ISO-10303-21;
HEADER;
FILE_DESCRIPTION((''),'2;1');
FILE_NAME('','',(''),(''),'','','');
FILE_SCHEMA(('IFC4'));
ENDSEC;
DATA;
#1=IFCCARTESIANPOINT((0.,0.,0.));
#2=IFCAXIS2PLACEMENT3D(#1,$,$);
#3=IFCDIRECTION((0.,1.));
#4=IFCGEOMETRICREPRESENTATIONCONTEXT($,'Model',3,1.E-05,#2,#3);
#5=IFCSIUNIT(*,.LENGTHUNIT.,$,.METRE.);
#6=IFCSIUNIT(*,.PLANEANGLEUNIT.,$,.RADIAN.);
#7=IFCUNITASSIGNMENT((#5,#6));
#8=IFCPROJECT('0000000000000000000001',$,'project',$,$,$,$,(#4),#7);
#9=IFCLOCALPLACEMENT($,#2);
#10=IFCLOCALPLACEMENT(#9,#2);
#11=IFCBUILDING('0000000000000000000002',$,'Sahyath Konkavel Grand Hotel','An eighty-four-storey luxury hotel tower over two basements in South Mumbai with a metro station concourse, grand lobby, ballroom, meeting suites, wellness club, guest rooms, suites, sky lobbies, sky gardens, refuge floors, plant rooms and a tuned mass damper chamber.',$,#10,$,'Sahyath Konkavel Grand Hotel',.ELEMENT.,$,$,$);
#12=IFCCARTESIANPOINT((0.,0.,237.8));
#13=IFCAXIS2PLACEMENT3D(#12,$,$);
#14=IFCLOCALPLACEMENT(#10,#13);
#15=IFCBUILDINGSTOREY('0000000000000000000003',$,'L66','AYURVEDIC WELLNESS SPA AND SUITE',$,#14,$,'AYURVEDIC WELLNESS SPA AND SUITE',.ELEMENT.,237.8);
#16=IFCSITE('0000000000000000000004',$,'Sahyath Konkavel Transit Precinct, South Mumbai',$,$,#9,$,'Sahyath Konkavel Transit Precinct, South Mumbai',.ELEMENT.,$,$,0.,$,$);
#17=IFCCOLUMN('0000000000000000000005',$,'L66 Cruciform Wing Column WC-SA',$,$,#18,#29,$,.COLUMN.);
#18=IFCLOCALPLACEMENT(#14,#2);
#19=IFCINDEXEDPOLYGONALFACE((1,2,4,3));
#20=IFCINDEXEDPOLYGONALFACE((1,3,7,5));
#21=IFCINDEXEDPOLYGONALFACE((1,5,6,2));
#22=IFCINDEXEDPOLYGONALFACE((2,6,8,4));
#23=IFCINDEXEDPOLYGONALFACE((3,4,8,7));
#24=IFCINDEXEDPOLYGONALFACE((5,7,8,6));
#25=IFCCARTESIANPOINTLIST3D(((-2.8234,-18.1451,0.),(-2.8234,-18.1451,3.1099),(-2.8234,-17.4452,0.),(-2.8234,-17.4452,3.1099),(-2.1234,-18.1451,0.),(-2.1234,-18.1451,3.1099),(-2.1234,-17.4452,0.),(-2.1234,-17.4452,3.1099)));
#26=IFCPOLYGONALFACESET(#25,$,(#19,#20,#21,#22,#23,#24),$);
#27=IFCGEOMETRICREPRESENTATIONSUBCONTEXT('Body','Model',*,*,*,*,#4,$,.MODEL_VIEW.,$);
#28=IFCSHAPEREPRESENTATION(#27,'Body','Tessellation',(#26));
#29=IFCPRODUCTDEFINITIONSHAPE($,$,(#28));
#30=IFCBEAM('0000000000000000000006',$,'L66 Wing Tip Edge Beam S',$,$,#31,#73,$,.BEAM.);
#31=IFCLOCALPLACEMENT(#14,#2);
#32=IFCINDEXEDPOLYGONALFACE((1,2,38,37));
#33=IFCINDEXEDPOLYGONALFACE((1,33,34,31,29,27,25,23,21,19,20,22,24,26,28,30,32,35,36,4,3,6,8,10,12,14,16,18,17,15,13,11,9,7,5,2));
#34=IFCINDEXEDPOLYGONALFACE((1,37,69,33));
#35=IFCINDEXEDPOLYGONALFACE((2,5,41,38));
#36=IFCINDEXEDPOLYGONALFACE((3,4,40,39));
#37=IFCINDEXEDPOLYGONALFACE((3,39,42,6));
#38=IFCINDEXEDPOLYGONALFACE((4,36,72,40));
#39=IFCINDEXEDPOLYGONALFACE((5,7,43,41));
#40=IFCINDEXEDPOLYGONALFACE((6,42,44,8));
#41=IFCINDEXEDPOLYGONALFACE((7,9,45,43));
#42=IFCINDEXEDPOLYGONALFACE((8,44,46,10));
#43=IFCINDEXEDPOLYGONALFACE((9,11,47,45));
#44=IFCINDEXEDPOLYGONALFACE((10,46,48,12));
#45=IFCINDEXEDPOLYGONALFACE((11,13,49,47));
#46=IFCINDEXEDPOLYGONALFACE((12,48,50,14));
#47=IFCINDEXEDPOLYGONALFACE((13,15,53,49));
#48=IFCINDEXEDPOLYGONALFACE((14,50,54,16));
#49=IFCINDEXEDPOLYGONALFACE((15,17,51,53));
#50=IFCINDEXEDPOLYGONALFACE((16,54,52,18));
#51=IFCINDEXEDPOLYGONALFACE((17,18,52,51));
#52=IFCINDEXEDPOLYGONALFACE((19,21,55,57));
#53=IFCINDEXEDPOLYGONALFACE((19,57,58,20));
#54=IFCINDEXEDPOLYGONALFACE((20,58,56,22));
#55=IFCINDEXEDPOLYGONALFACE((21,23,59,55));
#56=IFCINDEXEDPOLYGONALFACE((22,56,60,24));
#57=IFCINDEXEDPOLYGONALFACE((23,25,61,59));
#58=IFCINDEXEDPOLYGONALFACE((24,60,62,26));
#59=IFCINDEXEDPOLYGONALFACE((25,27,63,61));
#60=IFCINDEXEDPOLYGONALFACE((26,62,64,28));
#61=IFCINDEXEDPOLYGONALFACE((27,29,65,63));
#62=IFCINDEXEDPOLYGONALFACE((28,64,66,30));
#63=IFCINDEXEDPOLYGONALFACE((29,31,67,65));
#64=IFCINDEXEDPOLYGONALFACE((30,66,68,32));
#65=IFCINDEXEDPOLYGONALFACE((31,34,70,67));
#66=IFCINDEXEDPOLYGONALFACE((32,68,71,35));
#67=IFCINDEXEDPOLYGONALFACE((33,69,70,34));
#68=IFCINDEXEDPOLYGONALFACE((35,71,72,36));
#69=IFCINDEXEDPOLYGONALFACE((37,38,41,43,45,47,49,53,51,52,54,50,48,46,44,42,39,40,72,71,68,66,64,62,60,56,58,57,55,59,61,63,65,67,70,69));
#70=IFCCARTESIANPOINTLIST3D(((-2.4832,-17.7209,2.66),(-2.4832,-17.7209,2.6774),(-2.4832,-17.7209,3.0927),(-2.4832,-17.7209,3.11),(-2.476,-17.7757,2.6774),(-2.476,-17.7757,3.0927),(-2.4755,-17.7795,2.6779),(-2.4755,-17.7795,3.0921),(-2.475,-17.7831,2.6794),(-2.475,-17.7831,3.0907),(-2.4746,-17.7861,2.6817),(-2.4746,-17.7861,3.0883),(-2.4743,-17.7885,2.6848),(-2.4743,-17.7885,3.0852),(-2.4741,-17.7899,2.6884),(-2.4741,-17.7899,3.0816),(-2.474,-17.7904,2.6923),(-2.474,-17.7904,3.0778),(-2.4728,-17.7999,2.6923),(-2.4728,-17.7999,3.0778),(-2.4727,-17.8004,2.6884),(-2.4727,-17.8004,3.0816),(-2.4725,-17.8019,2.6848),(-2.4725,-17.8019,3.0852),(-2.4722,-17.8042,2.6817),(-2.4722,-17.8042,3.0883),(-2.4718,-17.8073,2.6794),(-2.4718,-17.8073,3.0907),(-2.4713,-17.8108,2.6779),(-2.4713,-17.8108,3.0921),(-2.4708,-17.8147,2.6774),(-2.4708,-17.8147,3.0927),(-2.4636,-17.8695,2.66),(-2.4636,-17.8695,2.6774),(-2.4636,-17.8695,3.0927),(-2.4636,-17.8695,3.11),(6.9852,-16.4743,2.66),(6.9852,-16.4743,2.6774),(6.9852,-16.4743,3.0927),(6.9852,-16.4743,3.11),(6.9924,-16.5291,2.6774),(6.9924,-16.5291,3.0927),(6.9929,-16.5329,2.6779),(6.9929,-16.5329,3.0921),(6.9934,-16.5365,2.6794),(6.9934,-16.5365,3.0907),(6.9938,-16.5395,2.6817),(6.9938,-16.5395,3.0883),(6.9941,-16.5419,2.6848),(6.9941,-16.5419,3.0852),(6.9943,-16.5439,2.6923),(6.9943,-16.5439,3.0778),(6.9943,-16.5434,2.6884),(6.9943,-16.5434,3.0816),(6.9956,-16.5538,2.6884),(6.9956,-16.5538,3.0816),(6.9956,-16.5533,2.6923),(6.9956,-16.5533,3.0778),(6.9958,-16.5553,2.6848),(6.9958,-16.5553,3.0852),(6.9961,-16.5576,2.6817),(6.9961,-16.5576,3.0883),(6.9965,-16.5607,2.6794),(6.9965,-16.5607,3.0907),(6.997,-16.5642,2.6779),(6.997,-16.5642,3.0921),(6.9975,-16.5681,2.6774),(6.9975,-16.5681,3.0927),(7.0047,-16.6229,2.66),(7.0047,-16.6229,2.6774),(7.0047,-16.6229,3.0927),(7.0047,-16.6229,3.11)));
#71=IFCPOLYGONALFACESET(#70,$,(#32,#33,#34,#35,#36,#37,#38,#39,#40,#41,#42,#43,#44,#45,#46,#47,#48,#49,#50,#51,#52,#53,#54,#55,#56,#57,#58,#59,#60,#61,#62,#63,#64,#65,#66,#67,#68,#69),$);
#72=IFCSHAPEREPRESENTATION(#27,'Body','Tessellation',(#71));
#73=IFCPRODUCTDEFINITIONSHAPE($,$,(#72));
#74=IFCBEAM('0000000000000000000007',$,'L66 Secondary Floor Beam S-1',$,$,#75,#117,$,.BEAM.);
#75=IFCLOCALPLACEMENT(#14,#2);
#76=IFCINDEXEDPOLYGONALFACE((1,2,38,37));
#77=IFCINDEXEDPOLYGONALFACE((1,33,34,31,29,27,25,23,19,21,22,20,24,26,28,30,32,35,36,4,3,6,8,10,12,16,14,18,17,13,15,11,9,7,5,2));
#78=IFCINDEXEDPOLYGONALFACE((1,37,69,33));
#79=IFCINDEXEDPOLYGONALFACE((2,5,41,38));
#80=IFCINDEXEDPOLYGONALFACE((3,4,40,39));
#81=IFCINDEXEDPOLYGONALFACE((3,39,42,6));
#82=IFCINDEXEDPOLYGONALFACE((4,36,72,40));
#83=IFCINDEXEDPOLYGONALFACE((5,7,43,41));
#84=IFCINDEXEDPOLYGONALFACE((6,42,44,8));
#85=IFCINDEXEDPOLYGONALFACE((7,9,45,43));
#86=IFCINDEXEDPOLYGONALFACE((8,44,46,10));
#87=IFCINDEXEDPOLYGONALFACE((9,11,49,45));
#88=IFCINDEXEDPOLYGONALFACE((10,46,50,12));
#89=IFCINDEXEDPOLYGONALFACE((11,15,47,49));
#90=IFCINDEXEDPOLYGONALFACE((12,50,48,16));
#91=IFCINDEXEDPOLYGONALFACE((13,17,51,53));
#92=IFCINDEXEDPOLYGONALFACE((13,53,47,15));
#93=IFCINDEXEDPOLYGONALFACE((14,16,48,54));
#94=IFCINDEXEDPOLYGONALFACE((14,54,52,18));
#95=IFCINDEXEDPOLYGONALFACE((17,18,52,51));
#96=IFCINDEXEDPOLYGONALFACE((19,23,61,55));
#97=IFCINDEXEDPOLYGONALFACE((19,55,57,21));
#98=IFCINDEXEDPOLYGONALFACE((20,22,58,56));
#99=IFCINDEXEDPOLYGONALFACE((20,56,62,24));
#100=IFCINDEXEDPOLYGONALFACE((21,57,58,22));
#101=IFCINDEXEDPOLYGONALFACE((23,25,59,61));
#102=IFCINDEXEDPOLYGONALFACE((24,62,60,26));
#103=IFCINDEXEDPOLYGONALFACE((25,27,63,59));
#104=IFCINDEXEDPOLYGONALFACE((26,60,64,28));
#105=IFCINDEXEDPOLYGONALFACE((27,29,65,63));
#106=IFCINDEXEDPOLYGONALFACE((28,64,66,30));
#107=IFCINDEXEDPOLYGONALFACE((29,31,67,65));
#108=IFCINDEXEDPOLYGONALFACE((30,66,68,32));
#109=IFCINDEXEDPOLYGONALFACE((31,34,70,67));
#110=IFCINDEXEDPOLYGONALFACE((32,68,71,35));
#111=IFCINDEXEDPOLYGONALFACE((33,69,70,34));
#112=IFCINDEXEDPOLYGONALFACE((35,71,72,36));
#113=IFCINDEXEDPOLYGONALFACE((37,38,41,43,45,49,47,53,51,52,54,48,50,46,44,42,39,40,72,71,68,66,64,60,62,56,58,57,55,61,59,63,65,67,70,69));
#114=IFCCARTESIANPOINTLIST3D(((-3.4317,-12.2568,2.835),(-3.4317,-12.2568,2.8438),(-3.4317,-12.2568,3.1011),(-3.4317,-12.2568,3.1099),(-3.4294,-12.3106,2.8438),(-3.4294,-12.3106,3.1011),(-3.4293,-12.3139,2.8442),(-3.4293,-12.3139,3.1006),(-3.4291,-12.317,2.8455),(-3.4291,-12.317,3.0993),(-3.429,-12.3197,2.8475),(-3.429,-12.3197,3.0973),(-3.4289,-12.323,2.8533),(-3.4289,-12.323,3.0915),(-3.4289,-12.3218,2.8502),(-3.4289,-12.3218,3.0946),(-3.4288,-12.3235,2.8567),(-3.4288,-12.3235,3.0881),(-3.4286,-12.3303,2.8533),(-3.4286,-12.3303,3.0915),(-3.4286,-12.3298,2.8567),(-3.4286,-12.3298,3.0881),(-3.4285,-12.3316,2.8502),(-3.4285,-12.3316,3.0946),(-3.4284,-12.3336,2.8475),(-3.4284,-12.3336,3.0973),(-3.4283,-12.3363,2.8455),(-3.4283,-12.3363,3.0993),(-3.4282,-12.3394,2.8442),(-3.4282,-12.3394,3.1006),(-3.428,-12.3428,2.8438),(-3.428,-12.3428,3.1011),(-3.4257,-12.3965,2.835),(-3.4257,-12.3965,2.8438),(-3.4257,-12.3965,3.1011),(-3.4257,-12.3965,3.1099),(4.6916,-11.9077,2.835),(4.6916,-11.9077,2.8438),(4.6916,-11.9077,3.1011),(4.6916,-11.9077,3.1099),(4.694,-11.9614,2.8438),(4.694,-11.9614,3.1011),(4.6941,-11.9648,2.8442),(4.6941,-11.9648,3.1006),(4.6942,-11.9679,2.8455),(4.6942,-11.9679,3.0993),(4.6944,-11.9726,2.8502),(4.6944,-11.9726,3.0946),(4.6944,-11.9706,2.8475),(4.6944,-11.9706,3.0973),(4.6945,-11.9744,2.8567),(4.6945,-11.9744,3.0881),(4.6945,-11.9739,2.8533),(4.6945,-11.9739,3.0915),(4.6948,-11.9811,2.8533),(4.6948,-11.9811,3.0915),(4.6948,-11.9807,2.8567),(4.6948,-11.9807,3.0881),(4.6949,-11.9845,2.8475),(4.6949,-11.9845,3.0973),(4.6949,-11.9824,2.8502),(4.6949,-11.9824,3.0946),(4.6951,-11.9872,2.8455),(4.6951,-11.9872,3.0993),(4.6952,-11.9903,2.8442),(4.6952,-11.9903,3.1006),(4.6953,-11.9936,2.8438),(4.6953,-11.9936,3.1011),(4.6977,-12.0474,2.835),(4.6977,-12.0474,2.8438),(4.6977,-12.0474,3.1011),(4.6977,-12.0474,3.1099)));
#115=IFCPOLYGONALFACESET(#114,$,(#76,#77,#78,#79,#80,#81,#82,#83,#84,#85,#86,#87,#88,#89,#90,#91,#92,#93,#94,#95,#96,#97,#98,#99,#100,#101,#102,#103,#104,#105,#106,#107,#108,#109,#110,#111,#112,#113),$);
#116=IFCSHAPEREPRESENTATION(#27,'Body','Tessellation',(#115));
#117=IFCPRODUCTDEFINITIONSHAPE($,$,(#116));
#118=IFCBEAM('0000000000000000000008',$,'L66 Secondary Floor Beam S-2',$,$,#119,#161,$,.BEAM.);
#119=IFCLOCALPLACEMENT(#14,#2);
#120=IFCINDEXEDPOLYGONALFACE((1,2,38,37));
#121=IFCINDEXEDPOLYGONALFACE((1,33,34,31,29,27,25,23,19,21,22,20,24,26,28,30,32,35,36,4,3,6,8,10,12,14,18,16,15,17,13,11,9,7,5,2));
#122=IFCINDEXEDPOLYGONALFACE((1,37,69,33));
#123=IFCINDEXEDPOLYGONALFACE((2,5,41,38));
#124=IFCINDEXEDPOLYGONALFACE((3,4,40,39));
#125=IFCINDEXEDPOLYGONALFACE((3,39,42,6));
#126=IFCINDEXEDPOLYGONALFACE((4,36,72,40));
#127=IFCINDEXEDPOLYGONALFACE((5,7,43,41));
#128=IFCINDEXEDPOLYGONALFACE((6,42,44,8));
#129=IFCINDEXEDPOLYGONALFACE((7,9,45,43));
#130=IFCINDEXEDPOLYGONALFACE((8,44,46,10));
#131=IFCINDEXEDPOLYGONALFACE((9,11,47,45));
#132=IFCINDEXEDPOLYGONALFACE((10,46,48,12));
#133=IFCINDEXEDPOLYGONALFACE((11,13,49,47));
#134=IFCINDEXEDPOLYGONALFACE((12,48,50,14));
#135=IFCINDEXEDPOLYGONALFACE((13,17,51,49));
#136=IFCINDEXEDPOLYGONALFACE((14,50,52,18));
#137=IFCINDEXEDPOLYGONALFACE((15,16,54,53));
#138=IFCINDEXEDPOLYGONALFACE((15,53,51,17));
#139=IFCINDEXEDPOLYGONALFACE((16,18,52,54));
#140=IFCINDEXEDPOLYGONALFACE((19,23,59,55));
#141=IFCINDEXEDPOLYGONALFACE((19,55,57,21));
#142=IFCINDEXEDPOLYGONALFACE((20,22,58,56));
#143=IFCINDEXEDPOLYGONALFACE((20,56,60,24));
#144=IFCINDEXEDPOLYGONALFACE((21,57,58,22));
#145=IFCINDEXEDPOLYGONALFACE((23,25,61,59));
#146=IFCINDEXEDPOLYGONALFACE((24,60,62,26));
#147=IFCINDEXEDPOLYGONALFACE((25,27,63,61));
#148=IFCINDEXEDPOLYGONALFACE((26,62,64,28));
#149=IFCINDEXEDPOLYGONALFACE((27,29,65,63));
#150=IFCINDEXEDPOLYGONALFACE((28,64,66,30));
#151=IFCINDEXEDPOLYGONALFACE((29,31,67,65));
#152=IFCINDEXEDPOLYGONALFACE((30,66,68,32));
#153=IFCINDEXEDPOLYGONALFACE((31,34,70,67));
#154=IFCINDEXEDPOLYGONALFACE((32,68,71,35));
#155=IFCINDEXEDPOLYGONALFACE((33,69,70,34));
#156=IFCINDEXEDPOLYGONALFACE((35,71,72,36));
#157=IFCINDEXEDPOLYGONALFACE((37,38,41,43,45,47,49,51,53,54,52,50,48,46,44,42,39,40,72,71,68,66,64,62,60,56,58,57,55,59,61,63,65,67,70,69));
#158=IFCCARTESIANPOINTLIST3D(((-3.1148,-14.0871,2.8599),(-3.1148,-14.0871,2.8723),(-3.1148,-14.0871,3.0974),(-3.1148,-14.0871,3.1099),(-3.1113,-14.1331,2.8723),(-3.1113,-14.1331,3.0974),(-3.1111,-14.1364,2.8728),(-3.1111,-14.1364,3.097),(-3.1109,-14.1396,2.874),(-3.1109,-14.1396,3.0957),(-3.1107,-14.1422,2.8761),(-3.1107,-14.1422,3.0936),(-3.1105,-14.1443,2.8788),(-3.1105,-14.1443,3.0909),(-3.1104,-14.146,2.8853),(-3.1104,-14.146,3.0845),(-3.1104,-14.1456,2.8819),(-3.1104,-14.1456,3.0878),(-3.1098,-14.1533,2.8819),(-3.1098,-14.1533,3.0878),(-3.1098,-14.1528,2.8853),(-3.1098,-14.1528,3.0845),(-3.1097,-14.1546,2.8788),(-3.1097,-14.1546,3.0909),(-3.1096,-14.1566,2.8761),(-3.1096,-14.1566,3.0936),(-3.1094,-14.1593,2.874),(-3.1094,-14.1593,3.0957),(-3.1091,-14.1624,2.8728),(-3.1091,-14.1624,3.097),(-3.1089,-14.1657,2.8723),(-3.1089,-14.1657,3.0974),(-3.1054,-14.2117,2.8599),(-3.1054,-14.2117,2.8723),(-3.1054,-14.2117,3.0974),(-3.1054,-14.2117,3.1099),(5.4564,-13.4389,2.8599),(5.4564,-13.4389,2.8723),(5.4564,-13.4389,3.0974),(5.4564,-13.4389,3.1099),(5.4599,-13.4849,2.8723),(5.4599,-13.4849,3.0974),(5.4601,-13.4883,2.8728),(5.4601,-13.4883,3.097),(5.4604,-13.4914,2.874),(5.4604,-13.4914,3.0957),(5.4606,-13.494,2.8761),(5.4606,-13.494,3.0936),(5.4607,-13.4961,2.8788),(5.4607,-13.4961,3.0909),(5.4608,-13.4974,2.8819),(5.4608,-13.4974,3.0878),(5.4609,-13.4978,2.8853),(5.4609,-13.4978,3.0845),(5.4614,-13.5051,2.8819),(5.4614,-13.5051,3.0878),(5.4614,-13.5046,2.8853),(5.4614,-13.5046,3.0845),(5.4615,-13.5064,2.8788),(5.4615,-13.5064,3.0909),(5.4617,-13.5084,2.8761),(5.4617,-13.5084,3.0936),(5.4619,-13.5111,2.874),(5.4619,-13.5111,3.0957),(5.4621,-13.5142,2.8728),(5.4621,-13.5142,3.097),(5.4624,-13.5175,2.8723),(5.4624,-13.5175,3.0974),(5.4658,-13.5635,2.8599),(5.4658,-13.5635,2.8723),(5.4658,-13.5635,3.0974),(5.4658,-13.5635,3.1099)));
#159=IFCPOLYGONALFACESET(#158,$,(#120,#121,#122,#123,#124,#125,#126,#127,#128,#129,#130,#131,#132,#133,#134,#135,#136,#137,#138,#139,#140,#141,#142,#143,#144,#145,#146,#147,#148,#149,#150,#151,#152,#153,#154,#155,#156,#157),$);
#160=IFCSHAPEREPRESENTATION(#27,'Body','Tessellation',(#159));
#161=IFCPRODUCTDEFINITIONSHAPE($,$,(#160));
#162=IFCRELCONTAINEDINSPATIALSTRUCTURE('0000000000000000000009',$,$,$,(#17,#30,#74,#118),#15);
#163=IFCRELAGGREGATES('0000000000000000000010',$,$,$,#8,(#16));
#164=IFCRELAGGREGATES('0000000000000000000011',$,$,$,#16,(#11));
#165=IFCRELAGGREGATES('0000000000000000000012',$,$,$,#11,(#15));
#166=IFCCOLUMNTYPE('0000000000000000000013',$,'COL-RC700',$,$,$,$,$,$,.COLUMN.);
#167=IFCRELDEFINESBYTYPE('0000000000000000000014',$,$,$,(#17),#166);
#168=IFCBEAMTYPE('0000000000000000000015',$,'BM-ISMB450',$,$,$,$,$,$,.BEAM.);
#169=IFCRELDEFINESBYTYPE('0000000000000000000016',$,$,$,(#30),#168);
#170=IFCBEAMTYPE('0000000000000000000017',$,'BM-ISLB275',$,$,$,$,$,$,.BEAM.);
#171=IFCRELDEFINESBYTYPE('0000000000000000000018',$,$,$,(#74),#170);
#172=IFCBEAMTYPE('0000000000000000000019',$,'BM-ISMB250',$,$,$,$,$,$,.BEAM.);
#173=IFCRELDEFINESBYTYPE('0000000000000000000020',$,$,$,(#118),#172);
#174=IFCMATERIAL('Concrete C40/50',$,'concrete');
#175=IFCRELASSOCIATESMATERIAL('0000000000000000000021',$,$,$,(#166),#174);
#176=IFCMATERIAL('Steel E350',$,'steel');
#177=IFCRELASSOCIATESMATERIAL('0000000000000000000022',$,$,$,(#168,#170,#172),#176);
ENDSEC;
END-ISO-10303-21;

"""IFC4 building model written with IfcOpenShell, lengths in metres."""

from ifc_helpers import new_model, si_unit, direction, frame, origin, origin_2d, place, context, subcontext, project, spatial, rectangle, i_section, extrude, source, transform, mapped, material, material_profile, profile_set, type_object, element, save


model = new_model("IFC4")

# Units and contexts
model_context = context("Model", 3, precision=1e-05, world=origin(), true_north=direction((0.0, 1.0)))
body_context = subcontext(model_context, "Body", "Model", "MODEL_VIEW")
ifc_project = project(units=[si_unit("LENGTHUNIT", "METRE"), si_unit("PLANEANGLEUNIT", "RADIAN")], contexts=[model_context])

# Site, building, storey
site_placement = place(None, origin())
site = spatial("IfcSite", under=ifc_project, at=site_placement, Name="Sahyath Konkavel Transit Precinct, South Mumbai", LongName="Sahyath Konkavel Transit Precinct, South Mumbai", CompositionType="ELEMENT", RefElevation=0.0)
building_placement = place(site_placement, origin())
building = spatial("IfcBuilding", under=site, at=building_placement, Name="Sahyath Konkavel Grand Hotel", Description="An eighty-four-storey luxury hotel tower over two basements in South Mumbai with a metro station concourse, grand lobby, ballroom, meeting suites, wellness club, guest rooms, suites, sky lobbies, sky gardens, refuge floors, plant rooms and a tuned mass damper chamber.", LongName="Sahyath Konkavel Grand Hotel", CompositionType="ELEMENT")
storey_placement = place(building_placement, frame((0.0, 0.0, 237.8)))
storey = spatial("IfcBuildingStorey", under=building, at=storey_placement, Name="L66", Description="AYURVEDIC WELLNESS SPA AND SUITE", LongName="AYURVEDIC WELLNESS SPA AND SUITE", CompositionType="ELEMENT", Elevation=237.8)

# Column
ifc_material_1 = material(Name="Concrete C40/50", Category="concrete")
ifc_material_profile_1 = material_profile(ifc_material_1, rectangle(XDim=0.7, YDim=0.7, at=origin_2d()), Name="RC 700x700")
ifc_profile_set_1 = profile_set([ifc_material_profile_1], Name="Concrete C40/50")
column_type = type_object("IfcColumnType", Name="COL-RC700", PredefinedType="COLUMN", material=ifc_profile_set_1)
shared_shape_1 = source(origin(), body_context, "Body", "SweptSolid", [
    extrude(rectangle(XDim=0.7, YDim=0.7, at=origin_2d()), origin(), (0.0, 0.0, 1.0), 3.1099),
])
column_placement = place(storey_placement, frame((-2.4734, -17.7952, 0.0), z_axis=(0.0, 0.0, 1.0), x_axis=(1.0, 0.0, 0.0)))
element("IfcColumn", 1, at=column_placement, inside=storey, type_object=column_type, Name="L66 Cruciform Wing Column WC-SA", PredefinedType="COLUMN", context=body_context, shape_type="MappedRepresentation", body=[
    mapped(shared_shape_1, transform((0.0, 0.0, 0.0), scale=1.0)),
])

# Beams
ifc_material_2 = material(Name="Steel E350", Category="steel")
ifc_material_profile_2 = material_profile(ifc_material_2, i_section(OverallWidth=0.1499, OverallDepth=0.45, WebThickness=0.0095, FlangeThickness=0.0173, FilletRadius=0.0149, at=origin_2d()), Name="ISMB 450")
ifc_profile_set_2 = profile_set([ifc_material_profile_2], Name="Steel E350")
beam_type_1 = type_object("IfcBeamType", Name="BM-ISMB450", PredefinedType="BEAM", material=ifc_profile_set_2)
shared_shape_2 = source(origin(), body_context, "Body", "SweptSolid", [
    extrude(i_section(OverallWidth=0.1499, OverallDepth=0.45, WebThickness=0.0095, FlangeThickness=0.0173, FilletRadius=0.0149, at=origin_2d()), origin(), (0.0, 0.0, 1.0), 9.55),
])
beam_1_placement = place(storey_placement, frame((-2.4734, -17.7952, 2.885), z_axis=(0.991444, 0.130533, 0.0), x_axis=(-0.130533, 0.991444, 0.0)))
element("IfcBeam", 2, at=beam_1_placement, inside=storey, type_object=beam_type_1, Name="L66 Wing Tip Edge Beam S", PredefinedType="BEAM", context=body_context, shape_type="MappedRepresentation", body=[
    mapped(shared_shape_2, transform((0.0, 0.0, 0.0), scale=1.0)),
])
ifc_material_profile_3 = material_profile(ifc_material_2, i_section(OverallWidth=0.1399, OverallDepth=0.2749, WebThickness=0.0063, FlangeThickness=0.0088, FilletRadius=0.0129, at=origin_2d()), Name="ISLB 275")
ifc_profile_set_3 = profile_set([ifc_material_profile_3], Name="Steel E350")
beam_type_2 = type_object("IfcBeamType", Name="BM-ISLB275", PredefinedType="BEAM", material=ifc_profile_set_3)
shared_shape_3 = source(origin(), body_context, "Body", "SweptSolid", [
    extrude(i_section(OverallWidth=0.1399, OverallDepth=0.2749, WebThickness=0.0063, FlangeThickness=0.0088, FilletRadius=0.0129, at=origin_2d()), origin(), (0.0, 0.0, 1.0), 8.1309),
])
beam_2_placement = place(storey_placement, frame((-3.4287, -12.3267, 2.9724), z_axis=(0.999078, 0.042938, 0.0), x_axis=(-0.042938, 0.999078, 0.0)))
element("IfcBeam", 3, at=beam_2_placement, inside=storey, type_object=beam_type_2, Name="L66 Secondary Floor Beam S-1", PredefinedType="BEAM", context=body_context, shape_type="MappedRepresentation", body=[
    mapped(shared_shape_3, transform((0.0, 0.0, 0.0), scale=1.0)),
])
ifc_material_profile_4 = material_profile(ifc_material_2, i_section(OverallWidth=0.125, OverallDepth=0.25, WebThickness=0.0068, FlangeThickness=0.0125, FilletRadius=0.0129, at=origin_2d()), Name="ISMB 250")
ifc_profile_set_4 = profile_set([ifc_material_profile_4], Name="Steel E350")
beam_type_3 = type_object("IfcBeamType", Name="BM-ISMB250", PredefinedType="BEAM", material=ifc_profile_set_4)
shared_shape_4 = source(origin(), body_context, "Body", "SweptSolid", [
    extrude(i_section(OverallWidth=0.125, OverallDepth=0.25, WebThickness=0.0068, FlangeThickness=0.0125, FilletRadius=0.0129, at=origin_2d()), origin(), (0.0, 0.0, 1.0), 8.5957),
])
beam_3_placement = place(storey_placement, frame((-3.1101, -14.1494, 2.9849), z_axis=(0.997153, 0.075408, 0.0), x_axis=(-0.075408, 0.997153, 0.0)))
element("IfcBeam", 4, at=beam_3_placement, inside=storey, type_object=beam_type_3, Name="L66 Secondary Floor Beam S-2", PredefinedType="BEAM", context=body_context, shape_type="MappedRepresentation", body=[
    mapped(shared_shape_4, transform((0.0, 0.0, 0.0), scale=1.0)),
])

save(model, "model.ifc")
